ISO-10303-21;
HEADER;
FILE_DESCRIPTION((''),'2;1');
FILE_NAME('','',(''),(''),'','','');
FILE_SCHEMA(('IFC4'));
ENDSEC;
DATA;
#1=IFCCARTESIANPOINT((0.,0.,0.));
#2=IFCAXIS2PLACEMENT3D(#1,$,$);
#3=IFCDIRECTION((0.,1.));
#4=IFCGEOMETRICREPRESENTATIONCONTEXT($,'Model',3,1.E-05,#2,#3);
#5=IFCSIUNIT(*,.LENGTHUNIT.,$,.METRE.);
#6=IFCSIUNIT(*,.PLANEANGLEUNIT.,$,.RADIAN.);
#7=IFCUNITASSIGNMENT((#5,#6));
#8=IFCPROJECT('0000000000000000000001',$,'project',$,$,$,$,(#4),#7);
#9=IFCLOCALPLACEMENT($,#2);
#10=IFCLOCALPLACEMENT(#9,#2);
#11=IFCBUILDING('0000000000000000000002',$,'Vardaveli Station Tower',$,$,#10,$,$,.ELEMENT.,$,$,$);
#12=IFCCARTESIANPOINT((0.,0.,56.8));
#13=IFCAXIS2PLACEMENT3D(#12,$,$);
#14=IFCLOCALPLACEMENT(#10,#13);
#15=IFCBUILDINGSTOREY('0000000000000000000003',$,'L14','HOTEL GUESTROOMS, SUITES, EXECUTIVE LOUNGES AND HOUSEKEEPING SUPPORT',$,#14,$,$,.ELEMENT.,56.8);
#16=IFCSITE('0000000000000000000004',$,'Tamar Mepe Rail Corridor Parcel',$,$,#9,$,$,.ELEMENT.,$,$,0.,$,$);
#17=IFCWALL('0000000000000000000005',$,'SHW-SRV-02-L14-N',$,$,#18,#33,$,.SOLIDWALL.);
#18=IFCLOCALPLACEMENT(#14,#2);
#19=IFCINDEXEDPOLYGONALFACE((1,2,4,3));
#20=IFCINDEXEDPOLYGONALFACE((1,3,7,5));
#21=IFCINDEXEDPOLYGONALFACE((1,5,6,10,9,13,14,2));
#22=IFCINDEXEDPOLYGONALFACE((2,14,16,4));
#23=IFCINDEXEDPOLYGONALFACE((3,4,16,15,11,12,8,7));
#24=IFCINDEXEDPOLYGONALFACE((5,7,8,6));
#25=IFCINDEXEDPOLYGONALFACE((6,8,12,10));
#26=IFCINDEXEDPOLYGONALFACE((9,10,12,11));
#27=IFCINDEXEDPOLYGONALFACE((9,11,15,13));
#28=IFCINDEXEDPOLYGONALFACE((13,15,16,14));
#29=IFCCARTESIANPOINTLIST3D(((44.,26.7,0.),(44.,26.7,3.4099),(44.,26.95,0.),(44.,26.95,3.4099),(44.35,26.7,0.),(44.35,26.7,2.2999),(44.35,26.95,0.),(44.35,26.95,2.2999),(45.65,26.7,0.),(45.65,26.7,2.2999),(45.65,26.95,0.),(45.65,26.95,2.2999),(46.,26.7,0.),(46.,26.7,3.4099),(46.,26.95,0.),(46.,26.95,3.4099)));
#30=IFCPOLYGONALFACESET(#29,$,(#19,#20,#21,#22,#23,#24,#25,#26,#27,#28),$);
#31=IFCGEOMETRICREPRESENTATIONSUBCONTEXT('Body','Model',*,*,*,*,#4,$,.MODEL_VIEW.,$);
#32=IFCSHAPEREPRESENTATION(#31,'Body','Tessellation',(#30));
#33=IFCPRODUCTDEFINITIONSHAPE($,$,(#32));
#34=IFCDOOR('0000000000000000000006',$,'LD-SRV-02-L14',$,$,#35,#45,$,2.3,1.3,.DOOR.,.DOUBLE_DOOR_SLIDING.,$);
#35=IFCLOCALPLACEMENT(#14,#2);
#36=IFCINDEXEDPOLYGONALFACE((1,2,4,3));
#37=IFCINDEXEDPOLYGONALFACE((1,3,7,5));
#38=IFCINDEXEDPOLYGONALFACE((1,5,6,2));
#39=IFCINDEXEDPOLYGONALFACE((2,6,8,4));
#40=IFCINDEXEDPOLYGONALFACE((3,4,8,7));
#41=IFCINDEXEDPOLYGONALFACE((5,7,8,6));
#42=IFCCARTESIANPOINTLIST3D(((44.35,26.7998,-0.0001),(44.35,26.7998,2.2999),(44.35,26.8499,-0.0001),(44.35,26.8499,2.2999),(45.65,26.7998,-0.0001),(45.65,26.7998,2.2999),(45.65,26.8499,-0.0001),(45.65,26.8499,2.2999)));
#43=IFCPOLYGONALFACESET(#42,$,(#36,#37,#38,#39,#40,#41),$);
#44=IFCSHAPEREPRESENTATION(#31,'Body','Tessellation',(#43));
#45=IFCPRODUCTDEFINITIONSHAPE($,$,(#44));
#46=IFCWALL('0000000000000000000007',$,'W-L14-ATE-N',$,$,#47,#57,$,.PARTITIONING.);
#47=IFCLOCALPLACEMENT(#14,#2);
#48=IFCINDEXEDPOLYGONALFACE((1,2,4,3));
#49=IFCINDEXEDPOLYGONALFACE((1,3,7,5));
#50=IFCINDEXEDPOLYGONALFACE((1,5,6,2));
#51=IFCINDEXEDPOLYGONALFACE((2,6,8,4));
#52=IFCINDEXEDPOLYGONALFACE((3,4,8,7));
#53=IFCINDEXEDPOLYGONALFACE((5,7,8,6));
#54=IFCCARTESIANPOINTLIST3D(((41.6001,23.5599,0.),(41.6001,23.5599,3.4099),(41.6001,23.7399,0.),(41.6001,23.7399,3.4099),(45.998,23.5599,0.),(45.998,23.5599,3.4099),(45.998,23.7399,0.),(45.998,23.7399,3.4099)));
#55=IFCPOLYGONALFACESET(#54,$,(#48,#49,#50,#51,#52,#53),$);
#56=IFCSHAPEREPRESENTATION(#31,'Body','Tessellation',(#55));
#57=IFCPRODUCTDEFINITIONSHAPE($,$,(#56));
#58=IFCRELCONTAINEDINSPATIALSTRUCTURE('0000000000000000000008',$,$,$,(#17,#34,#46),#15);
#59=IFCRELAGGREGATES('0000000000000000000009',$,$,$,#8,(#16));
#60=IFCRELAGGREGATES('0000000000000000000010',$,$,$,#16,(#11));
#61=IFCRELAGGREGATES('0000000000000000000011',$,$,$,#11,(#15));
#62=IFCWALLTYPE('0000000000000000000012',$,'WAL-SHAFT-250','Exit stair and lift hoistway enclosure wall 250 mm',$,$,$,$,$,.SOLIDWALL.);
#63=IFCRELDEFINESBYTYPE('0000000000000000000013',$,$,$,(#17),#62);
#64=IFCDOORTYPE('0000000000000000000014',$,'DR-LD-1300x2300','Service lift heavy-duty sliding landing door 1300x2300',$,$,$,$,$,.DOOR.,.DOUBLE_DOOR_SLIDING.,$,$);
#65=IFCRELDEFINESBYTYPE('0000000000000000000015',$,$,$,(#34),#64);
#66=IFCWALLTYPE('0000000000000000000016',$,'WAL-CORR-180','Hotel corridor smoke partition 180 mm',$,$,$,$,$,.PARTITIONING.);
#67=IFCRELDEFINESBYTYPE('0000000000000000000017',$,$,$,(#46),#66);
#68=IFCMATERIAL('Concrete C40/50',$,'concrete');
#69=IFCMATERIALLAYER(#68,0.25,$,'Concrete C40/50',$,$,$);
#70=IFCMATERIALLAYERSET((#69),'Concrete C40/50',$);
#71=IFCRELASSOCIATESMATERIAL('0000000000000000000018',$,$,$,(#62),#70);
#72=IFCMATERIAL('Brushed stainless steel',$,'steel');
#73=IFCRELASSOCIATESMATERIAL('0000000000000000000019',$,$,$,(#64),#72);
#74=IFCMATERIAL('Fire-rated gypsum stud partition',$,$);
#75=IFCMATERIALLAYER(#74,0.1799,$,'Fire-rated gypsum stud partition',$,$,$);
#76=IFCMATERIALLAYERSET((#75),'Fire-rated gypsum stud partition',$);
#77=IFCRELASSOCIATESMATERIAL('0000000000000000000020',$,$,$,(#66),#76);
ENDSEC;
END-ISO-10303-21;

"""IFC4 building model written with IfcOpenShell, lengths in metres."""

from ifc_helpers import new_model, si_unit, direction, frame, frame_2d, origin, place, context, subcontext, project, spatial, rectangle, extrude, source, transform, mapped, material, layer, layer_set, type_object, element, fill, save


model = new_model("IFC4")

# Units and contexts
model_context = context("Model", 3, precision=1e-05, world=origin(), true_north=direction((0.0, 1.0)))
body_context = subcontext(model_context, "Body", "Model", "MODEL_VIEW")
ifc_project = project(units=[si_unit("LENGTHUNIT", "METRE"), si_unit("PLANEANGLEUNIT", "RADIAN")], contexts=[model_context])

# Site, building, storey
site_placement = place(None, origin())
site = spatial("IfcSite", under=ifc_project, at=site_placement, Name="Tamar Mepe Rail Corridor Parcel", CompositionType="ELEMENT", RefElevation=0.0)
building_placement = place(site_placement, origin())
building = spatial("IfcBuilding", under=site, at=building_placement, Name="Vardaveli Station Tower", CompositionType="ELEMENT")
storey_placement = place(building_placement, frame((0.0, 0.0, 56.8)))
storey = spatial("IfcBuildingStorey", under=building, at=storey_placement, Name="L14", Description="HOTEL GUESTROOMS, SUITES, EXECUTIVE LOUNGES AND HOUSEKEEPING SUPPORT", CompositionType="ELEMENT", Elevation=56.8)

# Shared definitions
ifc_material_1 = material(Name="Concrete C40/50", Category="concrete")
ifc_layer_1 = layer(ifc_material_1, 0.25, Name="Concrete C40/50")
ifc_layer_set_1 = layer_set([ifc_layer_1], Name="Concrete C40/50")
wall_type_1 = type_object("IfcWallType", Name="WAL-SHAFT-250", Description="Exit stair and lift hoistway enclosure wall 250 mm", PredefinedType="SOLIDWALL", material=ifc_layer_set_1)

# Shared definitions
shared_shape_1 = source(origin(), body_context, "Body", "SweptSolid", [
    extrude(rectangle(XDim=1.3, YDim=2.3, at=frame_2d((0.6499, 1.1499))), frame((0.0, 0.135, 0.0), z_axis=(0.0, -1.0, 0.0), x_axis=(1.0, 0.0, 0.0)), (0.0, 0.0, 1.0), 0.27),
])
ifc_material_2 = material(Name="Brushed stainless steel", Category="steel")
door_type = type_object("IfcDoorType", Name="DR-LD-1300x2300", Description="Service lift heavy-duty sliding landing door 1300x2300", OperationType="DOUBLE_DOOR_SLIDING", PredefinedType="DOOR", material=ifc_material_2)
shared_shape_2 = source(origin(), body_context, "Body", "SweptSolid", [
    extrude(rectangle(XDim=1.3, YDim=2.3, at=frame_2d((0.6499, 1.1499))), frame((0.0, 0.0249, 0.0), z_axis=(0.0, -1.0, 0.0), x_axis=(1.0, 0.0, 0.0)), (0.0, 0.0, 1.0), 0.05),
])

# Shared definitions
shared_shape_3 = source(origin(), body_context, "Body", "SweptSolid", [
    extrude(rectangle(XDim=2.0, YDim=0.25, at=frame_2d((1.0, 0.0))), origin(), (0.0, 0.0, 1.0), 3.4099),
])

# Wall, opening, door
wall_1_placement = place(storey_placement, frame((44.0, 26.825, 0.0), z_axis=(0.0, 0.0, 1.0), x_axis=(1.0, 0.0, 0.0)))
wall_1 = element("IfcWall", 1, at=wall_1_placement, inside=storey, type_object=wall_type_1, Name="SHW-SRV-02-L14-N", PredefinedType="SOLIDWALL", context=body_context, shape_type="MappedRepresentation", body=[
    mapped(shared_shape_3, transform((0.0, 0.0, 0.0), scale=1.0)),
])
opening_1_placement = place(wall_1_placement, frame((0.3501, 0.0, 0.0)))
opening_1 = element("IfcOpeningElement", 2, at=opening_1_placement, cuts=wall_1, PredefinedType="OPENING", context=body_context, shape_type="MappedRepresentation", body=[
    mapped(shared_shape_1, transform((0.0, 0.0, 0.0), scale=1.0)),
])
door_1_placement = place(opening_1_placement, origin())
door_1 = element("IfcDoor", 3, at=door_1_placement, inside=storey, type_object=door_type, Name="LD-SRV-02-L14", OperationType="DOUBLE_DOOR_SLIDING", OverallHeight=2.3, OverallWidth=1.3, PredefinedType="DOOR", context=body_context, shape_type="MappedRepresentation", body=[
    mapped(shared_shape_2, transform((0.0, 0.0, 0.0), scale=1.0)),
])
fill(opening_1, door_1)

# Wall
ifc_material_3 = material(Name="Fire-rated gypsum stud partition")
ifc_layer_2 = layer(ifc_material_3, 0.1799, Name="Fire-rated gypsum stud partition")
ifc_layer_set_2 = layer_set([ifc_layer_2], Name="Fire-rated gypsum stud partition")
wall_type_2 = type_object("IfcWallType", Name="WAL-CORR-180", Description="Hotel corridor smoke partition 180 mm", PredefinedType="PARTITIONING", material=ifc_layer_set_2)
shared_shape_4 = source(origin(), body_context, "Body", "SweptSolid", [
    extrude(rectangle(XDim=4.3979, YDim=0.1799, at=frame_2d((2.199, 0.0))), origin(), (0.0, 0.0, 1.0), 3.4099),
])
wall_2_placement = place(storey_placement, frame((41.6001, 23.6499, 0.0), z_axis=(0.0, 0.0, 1.0), x_axis=(1.0, 0.0, 0.0)))
element("IfcWall", 4, at=wall_2_placement, inside=storey, type_object=wall_type_2, Name="W-L14-ATE-N", PredefinedType="PARTITIONING", context=body_context, shape_type="MappedRepresentation", body=[
    mapped(shared_shape_4, transform((0.0, 0.0, 0.0), scale=1.0)),
])

save(model, "model.ifc")
